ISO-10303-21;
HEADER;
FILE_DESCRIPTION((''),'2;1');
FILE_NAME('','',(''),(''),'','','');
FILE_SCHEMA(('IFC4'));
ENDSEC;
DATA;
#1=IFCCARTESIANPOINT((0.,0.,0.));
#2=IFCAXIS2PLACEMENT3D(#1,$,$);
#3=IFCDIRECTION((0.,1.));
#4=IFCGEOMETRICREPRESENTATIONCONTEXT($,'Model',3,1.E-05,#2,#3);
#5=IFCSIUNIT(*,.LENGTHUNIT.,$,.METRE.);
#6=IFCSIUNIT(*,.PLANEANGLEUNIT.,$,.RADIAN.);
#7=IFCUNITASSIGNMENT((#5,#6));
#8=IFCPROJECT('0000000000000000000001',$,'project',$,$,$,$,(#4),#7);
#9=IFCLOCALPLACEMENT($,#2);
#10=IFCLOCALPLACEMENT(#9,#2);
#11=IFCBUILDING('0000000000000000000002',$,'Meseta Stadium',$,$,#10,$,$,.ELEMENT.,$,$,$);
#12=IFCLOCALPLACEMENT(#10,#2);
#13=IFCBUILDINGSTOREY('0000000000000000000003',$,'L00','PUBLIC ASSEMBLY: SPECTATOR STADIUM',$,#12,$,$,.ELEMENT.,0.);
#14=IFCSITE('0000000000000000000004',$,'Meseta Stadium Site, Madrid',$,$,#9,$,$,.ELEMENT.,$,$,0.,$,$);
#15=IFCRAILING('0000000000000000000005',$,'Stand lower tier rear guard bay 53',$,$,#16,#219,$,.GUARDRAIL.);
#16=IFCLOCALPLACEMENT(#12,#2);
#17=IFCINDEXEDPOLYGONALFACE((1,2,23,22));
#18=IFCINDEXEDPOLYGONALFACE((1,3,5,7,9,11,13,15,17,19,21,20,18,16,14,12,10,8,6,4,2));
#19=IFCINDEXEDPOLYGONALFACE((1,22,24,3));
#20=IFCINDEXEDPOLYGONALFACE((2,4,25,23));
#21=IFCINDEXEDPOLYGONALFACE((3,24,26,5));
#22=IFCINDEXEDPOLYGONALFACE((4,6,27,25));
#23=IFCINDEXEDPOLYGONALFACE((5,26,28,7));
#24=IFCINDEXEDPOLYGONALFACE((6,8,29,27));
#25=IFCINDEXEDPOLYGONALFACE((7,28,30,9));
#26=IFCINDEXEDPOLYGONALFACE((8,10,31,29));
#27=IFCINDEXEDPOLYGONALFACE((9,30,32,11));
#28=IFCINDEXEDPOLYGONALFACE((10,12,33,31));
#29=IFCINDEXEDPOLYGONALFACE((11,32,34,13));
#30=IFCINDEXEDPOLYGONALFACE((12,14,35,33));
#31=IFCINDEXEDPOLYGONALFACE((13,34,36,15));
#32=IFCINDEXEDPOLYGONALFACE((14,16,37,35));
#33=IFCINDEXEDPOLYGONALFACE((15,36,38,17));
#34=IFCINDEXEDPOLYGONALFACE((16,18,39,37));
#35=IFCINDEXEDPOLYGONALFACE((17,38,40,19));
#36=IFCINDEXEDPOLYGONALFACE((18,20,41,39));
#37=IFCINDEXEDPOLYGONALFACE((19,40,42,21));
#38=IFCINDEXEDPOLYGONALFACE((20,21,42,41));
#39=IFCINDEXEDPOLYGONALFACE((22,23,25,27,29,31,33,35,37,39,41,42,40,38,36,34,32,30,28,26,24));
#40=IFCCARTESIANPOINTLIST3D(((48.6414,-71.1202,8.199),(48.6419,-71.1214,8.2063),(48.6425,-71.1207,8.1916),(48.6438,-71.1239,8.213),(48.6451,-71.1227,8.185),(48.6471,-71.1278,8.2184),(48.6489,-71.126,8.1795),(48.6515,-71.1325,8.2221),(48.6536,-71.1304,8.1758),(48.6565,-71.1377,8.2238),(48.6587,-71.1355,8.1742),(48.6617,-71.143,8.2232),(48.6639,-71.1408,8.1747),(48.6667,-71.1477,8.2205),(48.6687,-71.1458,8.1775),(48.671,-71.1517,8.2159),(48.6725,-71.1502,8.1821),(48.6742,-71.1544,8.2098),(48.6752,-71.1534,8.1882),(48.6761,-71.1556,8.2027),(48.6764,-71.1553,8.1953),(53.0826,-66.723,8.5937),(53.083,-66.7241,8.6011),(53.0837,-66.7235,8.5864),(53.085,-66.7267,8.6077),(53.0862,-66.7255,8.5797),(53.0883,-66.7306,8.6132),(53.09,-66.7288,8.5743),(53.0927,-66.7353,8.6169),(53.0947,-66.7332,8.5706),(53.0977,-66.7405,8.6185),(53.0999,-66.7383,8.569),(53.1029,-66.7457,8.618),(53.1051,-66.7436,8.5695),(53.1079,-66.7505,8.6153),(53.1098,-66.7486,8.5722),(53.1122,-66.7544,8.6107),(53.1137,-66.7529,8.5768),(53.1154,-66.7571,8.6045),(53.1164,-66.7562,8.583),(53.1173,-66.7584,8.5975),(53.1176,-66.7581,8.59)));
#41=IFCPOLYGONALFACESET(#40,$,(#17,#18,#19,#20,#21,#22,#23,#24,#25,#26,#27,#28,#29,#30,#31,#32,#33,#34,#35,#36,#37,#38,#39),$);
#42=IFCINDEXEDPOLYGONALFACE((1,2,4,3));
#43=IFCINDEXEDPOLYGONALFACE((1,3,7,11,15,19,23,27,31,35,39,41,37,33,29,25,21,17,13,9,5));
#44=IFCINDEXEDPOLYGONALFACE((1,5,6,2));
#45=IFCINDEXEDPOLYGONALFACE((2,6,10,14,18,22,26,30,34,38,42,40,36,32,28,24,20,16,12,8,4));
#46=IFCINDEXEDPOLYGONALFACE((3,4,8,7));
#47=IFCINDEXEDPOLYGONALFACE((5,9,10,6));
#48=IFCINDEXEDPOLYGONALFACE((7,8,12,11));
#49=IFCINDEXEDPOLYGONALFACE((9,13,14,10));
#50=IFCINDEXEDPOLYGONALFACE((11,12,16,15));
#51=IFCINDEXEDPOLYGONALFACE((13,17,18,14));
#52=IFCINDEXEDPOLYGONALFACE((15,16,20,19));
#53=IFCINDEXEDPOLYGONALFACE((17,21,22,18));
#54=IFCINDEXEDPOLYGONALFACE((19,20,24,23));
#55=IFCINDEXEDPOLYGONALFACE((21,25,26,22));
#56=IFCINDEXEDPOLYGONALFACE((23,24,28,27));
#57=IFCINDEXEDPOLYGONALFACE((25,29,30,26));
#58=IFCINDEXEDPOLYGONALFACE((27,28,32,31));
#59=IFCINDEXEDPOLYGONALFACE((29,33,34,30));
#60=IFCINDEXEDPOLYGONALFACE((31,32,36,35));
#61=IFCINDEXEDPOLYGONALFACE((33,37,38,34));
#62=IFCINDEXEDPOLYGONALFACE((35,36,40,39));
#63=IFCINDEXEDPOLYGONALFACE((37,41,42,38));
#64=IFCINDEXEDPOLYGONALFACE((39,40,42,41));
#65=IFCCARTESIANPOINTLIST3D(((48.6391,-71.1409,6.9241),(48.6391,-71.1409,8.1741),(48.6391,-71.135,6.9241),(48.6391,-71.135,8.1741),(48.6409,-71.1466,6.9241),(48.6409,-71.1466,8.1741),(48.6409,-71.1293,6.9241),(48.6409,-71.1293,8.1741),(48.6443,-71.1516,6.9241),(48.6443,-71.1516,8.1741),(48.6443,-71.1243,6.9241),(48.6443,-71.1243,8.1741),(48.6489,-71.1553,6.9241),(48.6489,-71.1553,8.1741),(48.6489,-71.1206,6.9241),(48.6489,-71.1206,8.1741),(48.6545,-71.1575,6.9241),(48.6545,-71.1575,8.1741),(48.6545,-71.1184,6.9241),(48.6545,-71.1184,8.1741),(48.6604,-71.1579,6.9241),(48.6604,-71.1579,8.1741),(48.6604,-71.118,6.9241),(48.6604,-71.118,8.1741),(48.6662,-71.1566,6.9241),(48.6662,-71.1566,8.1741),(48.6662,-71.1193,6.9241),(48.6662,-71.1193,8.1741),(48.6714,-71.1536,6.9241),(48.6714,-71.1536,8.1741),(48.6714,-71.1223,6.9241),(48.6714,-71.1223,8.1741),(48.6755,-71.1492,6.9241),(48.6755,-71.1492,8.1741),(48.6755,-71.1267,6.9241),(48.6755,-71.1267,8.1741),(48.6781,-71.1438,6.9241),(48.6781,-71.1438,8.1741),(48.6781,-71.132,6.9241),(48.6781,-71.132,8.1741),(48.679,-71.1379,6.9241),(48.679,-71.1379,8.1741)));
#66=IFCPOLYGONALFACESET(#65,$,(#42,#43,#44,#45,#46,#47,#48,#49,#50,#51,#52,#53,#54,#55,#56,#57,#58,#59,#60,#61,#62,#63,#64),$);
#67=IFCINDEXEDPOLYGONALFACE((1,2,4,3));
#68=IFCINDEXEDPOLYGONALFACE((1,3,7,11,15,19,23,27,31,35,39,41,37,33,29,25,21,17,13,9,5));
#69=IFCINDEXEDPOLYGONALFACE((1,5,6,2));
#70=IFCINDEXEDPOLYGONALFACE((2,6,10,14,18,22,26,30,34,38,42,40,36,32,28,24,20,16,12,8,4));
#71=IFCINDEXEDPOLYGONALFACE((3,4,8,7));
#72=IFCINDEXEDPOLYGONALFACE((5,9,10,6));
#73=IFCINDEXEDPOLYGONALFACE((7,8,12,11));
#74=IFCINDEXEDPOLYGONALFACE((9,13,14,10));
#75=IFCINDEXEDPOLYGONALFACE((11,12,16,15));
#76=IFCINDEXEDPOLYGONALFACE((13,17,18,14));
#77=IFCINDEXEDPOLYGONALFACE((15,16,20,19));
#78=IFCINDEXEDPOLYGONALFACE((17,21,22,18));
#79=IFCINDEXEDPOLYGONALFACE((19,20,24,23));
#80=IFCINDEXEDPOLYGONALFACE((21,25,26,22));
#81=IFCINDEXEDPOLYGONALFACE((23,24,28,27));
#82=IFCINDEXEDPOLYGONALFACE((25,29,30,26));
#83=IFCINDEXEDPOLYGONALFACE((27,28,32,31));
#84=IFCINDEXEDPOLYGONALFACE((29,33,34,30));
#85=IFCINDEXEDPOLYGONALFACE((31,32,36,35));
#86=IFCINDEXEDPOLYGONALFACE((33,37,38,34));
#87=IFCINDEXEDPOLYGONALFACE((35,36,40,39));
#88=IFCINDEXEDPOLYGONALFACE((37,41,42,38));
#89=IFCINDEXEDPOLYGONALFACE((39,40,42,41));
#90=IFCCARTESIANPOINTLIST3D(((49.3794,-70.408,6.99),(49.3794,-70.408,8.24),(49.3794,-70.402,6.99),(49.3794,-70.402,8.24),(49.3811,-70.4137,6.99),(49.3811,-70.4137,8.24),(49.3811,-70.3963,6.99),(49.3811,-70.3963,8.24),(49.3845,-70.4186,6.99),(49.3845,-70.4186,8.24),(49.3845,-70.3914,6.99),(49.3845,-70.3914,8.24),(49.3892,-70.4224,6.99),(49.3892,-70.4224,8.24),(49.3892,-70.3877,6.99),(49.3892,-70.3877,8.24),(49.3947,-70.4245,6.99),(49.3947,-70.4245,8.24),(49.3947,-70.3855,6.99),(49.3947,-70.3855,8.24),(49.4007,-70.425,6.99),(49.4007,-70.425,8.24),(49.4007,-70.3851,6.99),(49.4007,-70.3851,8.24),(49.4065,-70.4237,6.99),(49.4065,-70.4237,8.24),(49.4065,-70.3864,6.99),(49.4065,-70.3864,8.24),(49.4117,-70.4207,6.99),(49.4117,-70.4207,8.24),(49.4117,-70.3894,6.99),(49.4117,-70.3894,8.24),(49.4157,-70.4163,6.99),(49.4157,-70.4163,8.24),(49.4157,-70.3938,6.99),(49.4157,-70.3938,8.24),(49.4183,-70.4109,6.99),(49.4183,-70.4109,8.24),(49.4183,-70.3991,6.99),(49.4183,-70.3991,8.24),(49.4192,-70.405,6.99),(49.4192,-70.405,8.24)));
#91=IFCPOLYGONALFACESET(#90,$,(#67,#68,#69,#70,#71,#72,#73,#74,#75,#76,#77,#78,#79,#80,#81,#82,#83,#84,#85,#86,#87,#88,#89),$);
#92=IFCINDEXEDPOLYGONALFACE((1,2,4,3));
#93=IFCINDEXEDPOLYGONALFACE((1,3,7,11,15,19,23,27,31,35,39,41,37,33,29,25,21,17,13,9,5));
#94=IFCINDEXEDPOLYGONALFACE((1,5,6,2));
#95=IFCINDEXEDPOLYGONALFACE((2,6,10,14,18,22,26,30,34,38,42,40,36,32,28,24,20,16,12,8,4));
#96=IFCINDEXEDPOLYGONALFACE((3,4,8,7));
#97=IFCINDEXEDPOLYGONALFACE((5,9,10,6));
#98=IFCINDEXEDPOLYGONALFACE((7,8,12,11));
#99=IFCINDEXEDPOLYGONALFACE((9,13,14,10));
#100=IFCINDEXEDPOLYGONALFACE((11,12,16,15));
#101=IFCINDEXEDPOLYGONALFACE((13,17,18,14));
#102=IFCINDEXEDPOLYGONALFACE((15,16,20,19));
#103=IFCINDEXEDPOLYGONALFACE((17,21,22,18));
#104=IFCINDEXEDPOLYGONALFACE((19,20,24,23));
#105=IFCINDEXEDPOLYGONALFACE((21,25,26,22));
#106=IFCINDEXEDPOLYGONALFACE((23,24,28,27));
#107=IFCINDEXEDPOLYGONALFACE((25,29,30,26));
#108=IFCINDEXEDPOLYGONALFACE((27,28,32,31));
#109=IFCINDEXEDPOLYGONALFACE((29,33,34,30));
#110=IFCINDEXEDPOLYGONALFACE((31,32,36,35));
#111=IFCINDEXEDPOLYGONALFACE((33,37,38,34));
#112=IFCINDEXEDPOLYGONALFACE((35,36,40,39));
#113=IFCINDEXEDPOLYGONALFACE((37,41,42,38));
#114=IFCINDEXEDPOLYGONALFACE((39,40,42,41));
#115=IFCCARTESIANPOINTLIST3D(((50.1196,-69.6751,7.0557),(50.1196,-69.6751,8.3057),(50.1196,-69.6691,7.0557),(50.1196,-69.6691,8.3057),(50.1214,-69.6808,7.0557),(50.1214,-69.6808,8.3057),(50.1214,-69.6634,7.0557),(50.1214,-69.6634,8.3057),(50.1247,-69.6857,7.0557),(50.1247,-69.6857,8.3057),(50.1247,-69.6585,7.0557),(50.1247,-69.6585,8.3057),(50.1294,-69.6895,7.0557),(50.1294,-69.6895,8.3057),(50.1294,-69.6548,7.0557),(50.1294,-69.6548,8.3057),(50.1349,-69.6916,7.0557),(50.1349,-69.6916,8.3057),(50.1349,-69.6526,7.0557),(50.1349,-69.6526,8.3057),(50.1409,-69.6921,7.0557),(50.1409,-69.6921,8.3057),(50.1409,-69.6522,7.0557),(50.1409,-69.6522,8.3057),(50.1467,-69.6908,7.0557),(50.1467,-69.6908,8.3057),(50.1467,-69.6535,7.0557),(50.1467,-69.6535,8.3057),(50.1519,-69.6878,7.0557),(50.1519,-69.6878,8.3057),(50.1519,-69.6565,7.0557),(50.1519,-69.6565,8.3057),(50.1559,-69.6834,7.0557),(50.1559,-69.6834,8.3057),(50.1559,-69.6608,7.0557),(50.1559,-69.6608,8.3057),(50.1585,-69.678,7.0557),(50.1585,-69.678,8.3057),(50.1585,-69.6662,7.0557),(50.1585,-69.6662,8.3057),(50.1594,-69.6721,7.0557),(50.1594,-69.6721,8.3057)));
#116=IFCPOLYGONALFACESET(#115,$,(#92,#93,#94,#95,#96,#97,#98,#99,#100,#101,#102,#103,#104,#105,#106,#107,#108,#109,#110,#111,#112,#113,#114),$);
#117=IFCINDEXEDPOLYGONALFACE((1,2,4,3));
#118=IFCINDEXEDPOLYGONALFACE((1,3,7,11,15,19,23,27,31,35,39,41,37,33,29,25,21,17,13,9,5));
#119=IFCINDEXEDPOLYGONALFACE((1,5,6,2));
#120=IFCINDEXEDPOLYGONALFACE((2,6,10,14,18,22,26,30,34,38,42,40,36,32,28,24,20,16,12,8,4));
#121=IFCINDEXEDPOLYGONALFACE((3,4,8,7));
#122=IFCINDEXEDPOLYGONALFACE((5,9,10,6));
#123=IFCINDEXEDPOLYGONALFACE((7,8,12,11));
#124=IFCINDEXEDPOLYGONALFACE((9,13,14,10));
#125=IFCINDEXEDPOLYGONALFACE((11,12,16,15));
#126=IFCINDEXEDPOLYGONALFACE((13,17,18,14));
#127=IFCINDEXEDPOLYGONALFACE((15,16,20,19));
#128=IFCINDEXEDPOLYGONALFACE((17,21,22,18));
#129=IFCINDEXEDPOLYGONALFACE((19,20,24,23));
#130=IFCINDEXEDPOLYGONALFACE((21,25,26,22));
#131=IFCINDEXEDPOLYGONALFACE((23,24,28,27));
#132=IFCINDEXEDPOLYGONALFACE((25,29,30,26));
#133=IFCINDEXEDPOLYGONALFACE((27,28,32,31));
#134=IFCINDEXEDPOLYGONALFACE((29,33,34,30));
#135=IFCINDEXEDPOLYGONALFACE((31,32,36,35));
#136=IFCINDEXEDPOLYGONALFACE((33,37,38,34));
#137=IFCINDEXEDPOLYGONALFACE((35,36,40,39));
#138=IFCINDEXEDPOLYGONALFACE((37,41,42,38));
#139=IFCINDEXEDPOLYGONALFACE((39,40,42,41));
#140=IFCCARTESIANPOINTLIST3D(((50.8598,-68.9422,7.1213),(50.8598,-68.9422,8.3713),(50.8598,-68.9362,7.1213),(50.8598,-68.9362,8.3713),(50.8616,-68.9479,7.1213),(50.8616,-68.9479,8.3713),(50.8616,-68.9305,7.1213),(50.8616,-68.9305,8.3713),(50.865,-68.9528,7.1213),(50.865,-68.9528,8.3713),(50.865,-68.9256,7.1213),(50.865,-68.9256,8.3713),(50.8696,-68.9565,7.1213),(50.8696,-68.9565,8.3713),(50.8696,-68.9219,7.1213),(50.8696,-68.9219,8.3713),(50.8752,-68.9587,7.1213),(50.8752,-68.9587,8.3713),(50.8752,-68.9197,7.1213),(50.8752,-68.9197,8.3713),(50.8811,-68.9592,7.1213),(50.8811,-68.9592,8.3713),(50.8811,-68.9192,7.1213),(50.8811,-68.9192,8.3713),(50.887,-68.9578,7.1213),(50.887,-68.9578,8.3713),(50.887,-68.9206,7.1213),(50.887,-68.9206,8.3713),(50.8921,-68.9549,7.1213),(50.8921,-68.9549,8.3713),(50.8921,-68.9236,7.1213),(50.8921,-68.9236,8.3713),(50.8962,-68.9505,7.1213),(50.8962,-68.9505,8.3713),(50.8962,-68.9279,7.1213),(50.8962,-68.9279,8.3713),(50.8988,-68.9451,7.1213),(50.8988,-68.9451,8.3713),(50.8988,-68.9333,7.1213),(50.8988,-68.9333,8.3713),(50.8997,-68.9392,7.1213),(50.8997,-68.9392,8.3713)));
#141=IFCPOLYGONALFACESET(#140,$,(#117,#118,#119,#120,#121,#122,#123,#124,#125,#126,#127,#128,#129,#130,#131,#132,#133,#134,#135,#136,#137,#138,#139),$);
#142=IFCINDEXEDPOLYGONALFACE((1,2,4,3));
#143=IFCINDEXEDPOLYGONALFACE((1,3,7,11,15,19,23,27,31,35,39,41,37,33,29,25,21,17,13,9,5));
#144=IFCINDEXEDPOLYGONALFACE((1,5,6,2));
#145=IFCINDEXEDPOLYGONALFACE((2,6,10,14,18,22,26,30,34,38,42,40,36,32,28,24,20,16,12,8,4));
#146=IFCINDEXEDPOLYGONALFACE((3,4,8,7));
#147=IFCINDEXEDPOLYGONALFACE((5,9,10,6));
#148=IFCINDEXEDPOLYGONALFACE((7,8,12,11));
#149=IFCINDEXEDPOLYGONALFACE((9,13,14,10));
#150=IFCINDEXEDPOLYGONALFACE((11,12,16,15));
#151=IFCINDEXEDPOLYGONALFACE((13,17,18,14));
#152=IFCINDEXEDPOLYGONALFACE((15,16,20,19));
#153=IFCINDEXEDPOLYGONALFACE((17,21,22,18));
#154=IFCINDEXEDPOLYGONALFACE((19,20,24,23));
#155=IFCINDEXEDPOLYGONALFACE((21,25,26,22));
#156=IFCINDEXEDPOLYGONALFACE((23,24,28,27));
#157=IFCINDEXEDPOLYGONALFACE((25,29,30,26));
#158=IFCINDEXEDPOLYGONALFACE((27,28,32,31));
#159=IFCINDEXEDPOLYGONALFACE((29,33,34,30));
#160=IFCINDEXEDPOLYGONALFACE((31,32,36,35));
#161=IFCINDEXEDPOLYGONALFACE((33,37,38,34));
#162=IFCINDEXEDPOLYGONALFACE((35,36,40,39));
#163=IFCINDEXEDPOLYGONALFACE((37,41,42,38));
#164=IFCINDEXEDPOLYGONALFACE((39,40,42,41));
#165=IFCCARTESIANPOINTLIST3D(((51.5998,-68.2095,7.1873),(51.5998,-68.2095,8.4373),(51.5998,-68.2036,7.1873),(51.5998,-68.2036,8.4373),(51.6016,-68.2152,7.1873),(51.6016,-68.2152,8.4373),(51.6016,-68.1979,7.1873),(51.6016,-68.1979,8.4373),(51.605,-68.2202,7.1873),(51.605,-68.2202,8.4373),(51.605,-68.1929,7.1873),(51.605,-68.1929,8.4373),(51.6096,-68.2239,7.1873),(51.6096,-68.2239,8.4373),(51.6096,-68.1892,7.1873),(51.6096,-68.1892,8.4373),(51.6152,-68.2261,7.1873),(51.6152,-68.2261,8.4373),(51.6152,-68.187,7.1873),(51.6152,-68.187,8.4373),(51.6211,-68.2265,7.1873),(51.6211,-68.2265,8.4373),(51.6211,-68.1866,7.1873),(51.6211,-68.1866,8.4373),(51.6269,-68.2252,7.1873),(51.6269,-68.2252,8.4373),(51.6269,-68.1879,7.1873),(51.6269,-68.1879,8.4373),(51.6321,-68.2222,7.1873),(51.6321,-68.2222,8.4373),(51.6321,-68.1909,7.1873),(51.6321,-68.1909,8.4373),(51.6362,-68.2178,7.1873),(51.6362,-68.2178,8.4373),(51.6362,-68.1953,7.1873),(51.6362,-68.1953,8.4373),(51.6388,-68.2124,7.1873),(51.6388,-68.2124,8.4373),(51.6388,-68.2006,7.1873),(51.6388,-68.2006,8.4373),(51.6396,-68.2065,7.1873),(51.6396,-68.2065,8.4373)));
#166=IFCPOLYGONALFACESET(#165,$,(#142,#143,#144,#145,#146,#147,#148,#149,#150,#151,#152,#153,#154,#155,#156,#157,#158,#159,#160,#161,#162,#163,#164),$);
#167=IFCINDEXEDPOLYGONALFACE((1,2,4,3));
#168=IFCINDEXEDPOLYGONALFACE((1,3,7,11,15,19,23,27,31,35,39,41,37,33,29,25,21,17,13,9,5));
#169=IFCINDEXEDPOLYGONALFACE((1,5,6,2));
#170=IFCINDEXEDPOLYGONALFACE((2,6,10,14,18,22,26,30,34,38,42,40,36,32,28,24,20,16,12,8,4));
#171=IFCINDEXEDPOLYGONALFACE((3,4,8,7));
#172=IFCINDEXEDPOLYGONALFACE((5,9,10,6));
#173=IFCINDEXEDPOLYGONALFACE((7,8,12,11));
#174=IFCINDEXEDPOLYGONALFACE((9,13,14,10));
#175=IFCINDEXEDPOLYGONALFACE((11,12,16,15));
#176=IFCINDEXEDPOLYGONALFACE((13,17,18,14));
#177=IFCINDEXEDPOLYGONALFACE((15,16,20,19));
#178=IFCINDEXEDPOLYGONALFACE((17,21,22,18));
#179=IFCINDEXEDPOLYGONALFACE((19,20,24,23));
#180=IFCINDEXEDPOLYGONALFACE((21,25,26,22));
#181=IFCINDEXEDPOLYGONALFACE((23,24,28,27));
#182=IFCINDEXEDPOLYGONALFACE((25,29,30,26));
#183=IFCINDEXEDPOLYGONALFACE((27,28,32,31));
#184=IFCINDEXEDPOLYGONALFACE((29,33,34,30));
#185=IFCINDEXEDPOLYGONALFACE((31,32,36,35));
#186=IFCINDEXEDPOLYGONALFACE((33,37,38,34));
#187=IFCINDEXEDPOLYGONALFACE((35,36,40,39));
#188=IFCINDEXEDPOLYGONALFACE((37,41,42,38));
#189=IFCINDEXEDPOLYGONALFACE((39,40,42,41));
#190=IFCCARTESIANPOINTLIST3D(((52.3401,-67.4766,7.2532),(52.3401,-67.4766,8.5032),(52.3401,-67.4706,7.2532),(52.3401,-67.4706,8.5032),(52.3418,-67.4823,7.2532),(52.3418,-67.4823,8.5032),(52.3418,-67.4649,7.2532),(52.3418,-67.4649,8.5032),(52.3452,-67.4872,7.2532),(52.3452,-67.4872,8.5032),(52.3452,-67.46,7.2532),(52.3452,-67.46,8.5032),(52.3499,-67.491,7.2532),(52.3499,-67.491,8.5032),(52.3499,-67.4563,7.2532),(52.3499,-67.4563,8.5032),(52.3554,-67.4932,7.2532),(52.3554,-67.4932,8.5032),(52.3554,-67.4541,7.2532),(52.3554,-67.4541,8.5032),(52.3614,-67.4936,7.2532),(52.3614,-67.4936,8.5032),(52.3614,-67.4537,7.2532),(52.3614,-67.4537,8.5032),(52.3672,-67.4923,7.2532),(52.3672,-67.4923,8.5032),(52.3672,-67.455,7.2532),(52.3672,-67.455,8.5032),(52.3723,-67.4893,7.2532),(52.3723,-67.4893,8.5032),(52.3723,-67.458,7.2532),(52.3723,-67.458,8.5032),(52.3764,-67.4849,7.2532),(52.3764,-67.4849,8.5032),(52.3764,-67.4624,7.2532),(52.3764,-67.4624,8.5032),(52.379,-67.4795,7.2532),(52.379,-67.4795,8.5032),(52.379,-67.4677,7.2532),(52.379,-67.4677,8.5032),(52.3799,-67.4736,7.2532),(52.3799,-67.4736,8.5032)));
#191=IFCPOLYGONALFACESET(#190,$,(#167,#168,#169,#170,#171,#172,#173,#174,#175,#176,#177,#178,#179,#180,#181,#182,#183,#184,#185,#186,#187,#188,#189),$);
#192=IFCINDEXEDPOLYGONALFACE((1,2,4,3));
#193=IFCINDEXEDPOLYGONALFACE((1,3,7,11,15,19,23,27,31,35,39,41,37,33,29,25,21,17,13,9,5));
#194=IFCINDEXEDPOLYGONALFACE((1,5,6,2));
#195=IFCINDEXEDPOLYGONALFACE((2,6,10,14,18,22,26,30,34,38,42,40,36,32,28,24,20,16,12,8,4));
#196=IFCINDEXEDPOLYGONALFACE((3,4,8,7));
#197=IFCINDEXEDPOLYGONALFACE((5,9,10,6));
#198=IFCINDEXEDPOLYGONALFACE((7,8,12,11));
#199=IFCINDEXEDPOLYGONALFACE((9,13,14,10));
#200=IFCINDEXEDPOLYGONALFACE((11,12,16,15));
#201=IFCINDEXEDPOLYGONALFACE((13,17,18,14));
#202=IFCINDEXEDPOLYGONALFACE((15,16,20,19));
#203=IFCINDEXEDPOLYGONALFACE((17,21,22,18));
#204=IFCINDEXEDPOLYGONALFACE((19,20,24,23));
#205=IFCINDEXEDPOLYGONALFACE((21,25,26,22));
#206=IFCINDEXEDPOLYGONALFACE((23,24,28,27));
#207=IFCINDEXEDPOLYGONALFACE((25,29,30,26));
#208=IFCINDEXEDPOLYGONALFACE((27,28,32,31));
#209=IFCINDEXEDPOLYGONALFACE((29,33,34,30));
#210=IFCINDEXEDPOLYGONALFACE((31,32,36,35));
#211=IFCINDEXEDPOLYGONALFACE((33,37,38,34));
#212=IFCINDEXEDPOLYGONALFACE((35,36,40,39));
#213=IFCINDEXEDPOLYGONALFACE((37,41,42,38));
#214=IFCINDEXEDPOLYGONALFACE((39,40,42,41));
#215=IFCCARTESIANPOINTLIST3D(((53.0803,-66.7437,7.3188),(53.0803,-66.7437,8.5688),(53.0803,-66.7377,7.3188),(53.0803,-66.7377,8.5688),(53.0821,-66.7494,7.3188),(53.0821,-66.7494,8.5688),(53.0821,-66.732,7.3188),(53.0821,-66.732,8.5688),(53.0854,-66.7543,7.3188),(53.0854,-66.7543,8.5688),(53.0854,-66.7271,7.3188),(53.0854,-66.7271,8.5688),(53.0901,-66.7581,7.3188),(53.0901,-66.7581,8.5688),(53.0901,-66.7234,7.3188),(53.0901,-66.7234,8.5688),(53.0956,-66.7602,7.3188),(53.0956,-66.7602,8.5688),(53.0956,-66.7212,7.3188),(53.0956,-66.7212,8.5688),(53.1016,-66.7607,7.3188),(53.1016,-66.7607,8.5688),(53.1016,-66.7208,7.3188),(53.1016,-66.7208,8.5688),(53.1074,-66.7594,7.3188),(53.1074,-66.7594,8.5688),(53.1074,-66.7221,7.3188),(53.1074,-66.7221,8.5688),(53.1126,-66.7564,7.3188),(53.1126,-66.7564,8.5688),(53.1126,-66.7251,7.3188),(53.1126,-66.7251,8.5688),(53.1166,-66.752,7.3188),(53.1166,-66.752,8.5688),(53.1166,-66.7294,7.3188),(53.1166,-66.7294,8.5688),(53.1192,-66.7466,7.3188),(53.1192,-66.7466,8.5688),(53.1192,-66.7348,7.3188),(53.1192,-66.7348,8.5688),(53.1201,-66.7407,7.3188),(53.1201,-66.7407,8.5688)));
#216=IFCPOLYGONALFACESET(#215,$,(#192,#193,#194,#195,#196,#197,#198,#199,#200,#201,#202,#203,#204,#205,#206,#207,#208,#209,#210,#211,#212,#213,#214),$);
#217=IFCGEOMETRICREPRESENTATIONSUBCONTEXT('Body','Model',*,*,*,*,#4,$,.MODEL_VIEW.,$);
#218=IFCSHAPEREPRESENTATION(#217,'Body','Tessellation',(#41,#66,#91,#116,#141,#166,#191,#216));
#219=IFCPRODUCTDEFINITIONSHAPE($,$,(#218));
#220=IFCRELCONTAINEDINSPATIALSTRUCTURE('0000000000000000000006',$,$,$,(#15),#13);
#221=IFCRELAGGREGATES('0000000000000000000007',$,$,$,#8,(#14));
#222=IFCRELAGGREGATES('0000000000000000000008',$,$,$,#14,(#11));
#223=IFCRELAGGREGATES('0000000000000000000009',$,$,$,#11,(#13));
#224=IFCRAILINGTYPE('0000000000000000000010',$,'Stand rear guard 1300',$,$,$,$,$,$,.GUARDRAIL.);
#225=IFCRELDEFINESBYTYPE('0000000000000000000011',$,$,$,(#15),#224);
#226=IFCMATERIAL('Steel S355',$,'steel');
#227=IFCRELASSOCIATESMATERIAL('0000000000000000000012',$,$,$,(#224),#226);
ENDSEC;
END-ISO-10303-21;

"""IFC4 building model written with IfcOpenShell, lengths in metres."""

from ifc_helpers import new_model, si_unit, direction, frame, origin, origin_2d, place, context, subcontext, project, spatial, circle, extrude, material, type_object, element, save


model = new_model("IFC4")

# Units and contexts
model_context = context("Model", 3, precision=1e-05, world=origin(), true_north=direction((0.0, 1.0)))
body_context = subcontext(model_context, "Body", "Model", "MODEL_VIEW")
ifc_project = project(units=[si_unit("LENGTHUNIT", "METRE"), si_unit("PLANEANGLEUNIT", "RADIAN")], contexts=[model_context])

# Site, building, storey
site_placement = place(None, origin())
site = spatial("IfcSite", under=ifc_project, at=site_placement, Name="Meseta Stadium Site, Madrid", CompositionType="ELEMENT", RefElevation=0.0)
building_placement = place(site_placement, origin())
building = spatial("IfcBuilding", under=site, at=building_placement, Name="Meseta Stadium", CompositionType="ELEMENT")
storey_placement = place(building_placement, origin())
storey = spatial("IfcBuildingStorey", under=building, at=storey_placement, Name="L00", Description="PUBLIC ASSEMBLY: SPECTATOR STADIUM", CompositionType="ELEMENT", Elevation=0.0)

# Railing
ifc_material_1 = material(Name="Steel S355", Category="steel")
railing_type_1 = type_object("IfcRailingType", Name="Stand rear guard 1300", PredefinedType="GUARDRAIL", material=ifc_material_1)
railing_1_placement = place(storey_placement, frame((48.6589, -71.1379, 6.9241)))
element("IfcRailing", 1, at=railing_1_placement, inside=storey, type_object=railing_type_1, Name="Stand lower tier rear guard bay 53", PredefinedType="GUARDRAIL", context=body_context, shape_type="SweptSolid", body=[
    extrude(circle(Radius=0.0249, at=origin_2d()), frame((0.0, 0.0, 1.2749), z_axis=(0.7092, 0.702183, 0.063041), x_axis=(-0.703582, 0.710614, 0.0)), (0.0, 0.0, 1.0), 6.2622),
    extrude(circle(Radius=0.02, at=origin_2d()), origin(), (0.0, 0.0, 1.0), 1.25),
    extrude(circle(Radius=0.02, at=origin_2d()), frame((0.7402, 0.7329, 0.0659)), (0.0, 0.0, 1.0), 1.25),
    extrude(circle(Radius=0.02, at=origin_2d()), frame((1.4805, 1.4658, 0.1316)), (0.0, 0.0, 1.0), 1.25),
    extrude(circle(Radius=0.02, at=origin_2d()), frame((2.2207, 2.1987, 0.1973)), (0.0, 0.0, 1.0), 1.25),
    extrude(circle(Radius=0.02, at=origin_2d()), frame((2.9607, 2.9314, 0.2632)), (0.0, 0.0, 1.0), 1.25),
    extrude(circle(Radius=0.02, at=origin_2d()), frame((3.7009, 3.6643, 0.3291)), (0.0, 0.0, 1.0), 1.25),
    extrude(circle(Radius=0.02, at=origin_2d()), frame((4.4412, 4.3972, 0.3948)), (0.0, 0.0, 1.0), 1.25),
])

save(model, "model.ifc")
